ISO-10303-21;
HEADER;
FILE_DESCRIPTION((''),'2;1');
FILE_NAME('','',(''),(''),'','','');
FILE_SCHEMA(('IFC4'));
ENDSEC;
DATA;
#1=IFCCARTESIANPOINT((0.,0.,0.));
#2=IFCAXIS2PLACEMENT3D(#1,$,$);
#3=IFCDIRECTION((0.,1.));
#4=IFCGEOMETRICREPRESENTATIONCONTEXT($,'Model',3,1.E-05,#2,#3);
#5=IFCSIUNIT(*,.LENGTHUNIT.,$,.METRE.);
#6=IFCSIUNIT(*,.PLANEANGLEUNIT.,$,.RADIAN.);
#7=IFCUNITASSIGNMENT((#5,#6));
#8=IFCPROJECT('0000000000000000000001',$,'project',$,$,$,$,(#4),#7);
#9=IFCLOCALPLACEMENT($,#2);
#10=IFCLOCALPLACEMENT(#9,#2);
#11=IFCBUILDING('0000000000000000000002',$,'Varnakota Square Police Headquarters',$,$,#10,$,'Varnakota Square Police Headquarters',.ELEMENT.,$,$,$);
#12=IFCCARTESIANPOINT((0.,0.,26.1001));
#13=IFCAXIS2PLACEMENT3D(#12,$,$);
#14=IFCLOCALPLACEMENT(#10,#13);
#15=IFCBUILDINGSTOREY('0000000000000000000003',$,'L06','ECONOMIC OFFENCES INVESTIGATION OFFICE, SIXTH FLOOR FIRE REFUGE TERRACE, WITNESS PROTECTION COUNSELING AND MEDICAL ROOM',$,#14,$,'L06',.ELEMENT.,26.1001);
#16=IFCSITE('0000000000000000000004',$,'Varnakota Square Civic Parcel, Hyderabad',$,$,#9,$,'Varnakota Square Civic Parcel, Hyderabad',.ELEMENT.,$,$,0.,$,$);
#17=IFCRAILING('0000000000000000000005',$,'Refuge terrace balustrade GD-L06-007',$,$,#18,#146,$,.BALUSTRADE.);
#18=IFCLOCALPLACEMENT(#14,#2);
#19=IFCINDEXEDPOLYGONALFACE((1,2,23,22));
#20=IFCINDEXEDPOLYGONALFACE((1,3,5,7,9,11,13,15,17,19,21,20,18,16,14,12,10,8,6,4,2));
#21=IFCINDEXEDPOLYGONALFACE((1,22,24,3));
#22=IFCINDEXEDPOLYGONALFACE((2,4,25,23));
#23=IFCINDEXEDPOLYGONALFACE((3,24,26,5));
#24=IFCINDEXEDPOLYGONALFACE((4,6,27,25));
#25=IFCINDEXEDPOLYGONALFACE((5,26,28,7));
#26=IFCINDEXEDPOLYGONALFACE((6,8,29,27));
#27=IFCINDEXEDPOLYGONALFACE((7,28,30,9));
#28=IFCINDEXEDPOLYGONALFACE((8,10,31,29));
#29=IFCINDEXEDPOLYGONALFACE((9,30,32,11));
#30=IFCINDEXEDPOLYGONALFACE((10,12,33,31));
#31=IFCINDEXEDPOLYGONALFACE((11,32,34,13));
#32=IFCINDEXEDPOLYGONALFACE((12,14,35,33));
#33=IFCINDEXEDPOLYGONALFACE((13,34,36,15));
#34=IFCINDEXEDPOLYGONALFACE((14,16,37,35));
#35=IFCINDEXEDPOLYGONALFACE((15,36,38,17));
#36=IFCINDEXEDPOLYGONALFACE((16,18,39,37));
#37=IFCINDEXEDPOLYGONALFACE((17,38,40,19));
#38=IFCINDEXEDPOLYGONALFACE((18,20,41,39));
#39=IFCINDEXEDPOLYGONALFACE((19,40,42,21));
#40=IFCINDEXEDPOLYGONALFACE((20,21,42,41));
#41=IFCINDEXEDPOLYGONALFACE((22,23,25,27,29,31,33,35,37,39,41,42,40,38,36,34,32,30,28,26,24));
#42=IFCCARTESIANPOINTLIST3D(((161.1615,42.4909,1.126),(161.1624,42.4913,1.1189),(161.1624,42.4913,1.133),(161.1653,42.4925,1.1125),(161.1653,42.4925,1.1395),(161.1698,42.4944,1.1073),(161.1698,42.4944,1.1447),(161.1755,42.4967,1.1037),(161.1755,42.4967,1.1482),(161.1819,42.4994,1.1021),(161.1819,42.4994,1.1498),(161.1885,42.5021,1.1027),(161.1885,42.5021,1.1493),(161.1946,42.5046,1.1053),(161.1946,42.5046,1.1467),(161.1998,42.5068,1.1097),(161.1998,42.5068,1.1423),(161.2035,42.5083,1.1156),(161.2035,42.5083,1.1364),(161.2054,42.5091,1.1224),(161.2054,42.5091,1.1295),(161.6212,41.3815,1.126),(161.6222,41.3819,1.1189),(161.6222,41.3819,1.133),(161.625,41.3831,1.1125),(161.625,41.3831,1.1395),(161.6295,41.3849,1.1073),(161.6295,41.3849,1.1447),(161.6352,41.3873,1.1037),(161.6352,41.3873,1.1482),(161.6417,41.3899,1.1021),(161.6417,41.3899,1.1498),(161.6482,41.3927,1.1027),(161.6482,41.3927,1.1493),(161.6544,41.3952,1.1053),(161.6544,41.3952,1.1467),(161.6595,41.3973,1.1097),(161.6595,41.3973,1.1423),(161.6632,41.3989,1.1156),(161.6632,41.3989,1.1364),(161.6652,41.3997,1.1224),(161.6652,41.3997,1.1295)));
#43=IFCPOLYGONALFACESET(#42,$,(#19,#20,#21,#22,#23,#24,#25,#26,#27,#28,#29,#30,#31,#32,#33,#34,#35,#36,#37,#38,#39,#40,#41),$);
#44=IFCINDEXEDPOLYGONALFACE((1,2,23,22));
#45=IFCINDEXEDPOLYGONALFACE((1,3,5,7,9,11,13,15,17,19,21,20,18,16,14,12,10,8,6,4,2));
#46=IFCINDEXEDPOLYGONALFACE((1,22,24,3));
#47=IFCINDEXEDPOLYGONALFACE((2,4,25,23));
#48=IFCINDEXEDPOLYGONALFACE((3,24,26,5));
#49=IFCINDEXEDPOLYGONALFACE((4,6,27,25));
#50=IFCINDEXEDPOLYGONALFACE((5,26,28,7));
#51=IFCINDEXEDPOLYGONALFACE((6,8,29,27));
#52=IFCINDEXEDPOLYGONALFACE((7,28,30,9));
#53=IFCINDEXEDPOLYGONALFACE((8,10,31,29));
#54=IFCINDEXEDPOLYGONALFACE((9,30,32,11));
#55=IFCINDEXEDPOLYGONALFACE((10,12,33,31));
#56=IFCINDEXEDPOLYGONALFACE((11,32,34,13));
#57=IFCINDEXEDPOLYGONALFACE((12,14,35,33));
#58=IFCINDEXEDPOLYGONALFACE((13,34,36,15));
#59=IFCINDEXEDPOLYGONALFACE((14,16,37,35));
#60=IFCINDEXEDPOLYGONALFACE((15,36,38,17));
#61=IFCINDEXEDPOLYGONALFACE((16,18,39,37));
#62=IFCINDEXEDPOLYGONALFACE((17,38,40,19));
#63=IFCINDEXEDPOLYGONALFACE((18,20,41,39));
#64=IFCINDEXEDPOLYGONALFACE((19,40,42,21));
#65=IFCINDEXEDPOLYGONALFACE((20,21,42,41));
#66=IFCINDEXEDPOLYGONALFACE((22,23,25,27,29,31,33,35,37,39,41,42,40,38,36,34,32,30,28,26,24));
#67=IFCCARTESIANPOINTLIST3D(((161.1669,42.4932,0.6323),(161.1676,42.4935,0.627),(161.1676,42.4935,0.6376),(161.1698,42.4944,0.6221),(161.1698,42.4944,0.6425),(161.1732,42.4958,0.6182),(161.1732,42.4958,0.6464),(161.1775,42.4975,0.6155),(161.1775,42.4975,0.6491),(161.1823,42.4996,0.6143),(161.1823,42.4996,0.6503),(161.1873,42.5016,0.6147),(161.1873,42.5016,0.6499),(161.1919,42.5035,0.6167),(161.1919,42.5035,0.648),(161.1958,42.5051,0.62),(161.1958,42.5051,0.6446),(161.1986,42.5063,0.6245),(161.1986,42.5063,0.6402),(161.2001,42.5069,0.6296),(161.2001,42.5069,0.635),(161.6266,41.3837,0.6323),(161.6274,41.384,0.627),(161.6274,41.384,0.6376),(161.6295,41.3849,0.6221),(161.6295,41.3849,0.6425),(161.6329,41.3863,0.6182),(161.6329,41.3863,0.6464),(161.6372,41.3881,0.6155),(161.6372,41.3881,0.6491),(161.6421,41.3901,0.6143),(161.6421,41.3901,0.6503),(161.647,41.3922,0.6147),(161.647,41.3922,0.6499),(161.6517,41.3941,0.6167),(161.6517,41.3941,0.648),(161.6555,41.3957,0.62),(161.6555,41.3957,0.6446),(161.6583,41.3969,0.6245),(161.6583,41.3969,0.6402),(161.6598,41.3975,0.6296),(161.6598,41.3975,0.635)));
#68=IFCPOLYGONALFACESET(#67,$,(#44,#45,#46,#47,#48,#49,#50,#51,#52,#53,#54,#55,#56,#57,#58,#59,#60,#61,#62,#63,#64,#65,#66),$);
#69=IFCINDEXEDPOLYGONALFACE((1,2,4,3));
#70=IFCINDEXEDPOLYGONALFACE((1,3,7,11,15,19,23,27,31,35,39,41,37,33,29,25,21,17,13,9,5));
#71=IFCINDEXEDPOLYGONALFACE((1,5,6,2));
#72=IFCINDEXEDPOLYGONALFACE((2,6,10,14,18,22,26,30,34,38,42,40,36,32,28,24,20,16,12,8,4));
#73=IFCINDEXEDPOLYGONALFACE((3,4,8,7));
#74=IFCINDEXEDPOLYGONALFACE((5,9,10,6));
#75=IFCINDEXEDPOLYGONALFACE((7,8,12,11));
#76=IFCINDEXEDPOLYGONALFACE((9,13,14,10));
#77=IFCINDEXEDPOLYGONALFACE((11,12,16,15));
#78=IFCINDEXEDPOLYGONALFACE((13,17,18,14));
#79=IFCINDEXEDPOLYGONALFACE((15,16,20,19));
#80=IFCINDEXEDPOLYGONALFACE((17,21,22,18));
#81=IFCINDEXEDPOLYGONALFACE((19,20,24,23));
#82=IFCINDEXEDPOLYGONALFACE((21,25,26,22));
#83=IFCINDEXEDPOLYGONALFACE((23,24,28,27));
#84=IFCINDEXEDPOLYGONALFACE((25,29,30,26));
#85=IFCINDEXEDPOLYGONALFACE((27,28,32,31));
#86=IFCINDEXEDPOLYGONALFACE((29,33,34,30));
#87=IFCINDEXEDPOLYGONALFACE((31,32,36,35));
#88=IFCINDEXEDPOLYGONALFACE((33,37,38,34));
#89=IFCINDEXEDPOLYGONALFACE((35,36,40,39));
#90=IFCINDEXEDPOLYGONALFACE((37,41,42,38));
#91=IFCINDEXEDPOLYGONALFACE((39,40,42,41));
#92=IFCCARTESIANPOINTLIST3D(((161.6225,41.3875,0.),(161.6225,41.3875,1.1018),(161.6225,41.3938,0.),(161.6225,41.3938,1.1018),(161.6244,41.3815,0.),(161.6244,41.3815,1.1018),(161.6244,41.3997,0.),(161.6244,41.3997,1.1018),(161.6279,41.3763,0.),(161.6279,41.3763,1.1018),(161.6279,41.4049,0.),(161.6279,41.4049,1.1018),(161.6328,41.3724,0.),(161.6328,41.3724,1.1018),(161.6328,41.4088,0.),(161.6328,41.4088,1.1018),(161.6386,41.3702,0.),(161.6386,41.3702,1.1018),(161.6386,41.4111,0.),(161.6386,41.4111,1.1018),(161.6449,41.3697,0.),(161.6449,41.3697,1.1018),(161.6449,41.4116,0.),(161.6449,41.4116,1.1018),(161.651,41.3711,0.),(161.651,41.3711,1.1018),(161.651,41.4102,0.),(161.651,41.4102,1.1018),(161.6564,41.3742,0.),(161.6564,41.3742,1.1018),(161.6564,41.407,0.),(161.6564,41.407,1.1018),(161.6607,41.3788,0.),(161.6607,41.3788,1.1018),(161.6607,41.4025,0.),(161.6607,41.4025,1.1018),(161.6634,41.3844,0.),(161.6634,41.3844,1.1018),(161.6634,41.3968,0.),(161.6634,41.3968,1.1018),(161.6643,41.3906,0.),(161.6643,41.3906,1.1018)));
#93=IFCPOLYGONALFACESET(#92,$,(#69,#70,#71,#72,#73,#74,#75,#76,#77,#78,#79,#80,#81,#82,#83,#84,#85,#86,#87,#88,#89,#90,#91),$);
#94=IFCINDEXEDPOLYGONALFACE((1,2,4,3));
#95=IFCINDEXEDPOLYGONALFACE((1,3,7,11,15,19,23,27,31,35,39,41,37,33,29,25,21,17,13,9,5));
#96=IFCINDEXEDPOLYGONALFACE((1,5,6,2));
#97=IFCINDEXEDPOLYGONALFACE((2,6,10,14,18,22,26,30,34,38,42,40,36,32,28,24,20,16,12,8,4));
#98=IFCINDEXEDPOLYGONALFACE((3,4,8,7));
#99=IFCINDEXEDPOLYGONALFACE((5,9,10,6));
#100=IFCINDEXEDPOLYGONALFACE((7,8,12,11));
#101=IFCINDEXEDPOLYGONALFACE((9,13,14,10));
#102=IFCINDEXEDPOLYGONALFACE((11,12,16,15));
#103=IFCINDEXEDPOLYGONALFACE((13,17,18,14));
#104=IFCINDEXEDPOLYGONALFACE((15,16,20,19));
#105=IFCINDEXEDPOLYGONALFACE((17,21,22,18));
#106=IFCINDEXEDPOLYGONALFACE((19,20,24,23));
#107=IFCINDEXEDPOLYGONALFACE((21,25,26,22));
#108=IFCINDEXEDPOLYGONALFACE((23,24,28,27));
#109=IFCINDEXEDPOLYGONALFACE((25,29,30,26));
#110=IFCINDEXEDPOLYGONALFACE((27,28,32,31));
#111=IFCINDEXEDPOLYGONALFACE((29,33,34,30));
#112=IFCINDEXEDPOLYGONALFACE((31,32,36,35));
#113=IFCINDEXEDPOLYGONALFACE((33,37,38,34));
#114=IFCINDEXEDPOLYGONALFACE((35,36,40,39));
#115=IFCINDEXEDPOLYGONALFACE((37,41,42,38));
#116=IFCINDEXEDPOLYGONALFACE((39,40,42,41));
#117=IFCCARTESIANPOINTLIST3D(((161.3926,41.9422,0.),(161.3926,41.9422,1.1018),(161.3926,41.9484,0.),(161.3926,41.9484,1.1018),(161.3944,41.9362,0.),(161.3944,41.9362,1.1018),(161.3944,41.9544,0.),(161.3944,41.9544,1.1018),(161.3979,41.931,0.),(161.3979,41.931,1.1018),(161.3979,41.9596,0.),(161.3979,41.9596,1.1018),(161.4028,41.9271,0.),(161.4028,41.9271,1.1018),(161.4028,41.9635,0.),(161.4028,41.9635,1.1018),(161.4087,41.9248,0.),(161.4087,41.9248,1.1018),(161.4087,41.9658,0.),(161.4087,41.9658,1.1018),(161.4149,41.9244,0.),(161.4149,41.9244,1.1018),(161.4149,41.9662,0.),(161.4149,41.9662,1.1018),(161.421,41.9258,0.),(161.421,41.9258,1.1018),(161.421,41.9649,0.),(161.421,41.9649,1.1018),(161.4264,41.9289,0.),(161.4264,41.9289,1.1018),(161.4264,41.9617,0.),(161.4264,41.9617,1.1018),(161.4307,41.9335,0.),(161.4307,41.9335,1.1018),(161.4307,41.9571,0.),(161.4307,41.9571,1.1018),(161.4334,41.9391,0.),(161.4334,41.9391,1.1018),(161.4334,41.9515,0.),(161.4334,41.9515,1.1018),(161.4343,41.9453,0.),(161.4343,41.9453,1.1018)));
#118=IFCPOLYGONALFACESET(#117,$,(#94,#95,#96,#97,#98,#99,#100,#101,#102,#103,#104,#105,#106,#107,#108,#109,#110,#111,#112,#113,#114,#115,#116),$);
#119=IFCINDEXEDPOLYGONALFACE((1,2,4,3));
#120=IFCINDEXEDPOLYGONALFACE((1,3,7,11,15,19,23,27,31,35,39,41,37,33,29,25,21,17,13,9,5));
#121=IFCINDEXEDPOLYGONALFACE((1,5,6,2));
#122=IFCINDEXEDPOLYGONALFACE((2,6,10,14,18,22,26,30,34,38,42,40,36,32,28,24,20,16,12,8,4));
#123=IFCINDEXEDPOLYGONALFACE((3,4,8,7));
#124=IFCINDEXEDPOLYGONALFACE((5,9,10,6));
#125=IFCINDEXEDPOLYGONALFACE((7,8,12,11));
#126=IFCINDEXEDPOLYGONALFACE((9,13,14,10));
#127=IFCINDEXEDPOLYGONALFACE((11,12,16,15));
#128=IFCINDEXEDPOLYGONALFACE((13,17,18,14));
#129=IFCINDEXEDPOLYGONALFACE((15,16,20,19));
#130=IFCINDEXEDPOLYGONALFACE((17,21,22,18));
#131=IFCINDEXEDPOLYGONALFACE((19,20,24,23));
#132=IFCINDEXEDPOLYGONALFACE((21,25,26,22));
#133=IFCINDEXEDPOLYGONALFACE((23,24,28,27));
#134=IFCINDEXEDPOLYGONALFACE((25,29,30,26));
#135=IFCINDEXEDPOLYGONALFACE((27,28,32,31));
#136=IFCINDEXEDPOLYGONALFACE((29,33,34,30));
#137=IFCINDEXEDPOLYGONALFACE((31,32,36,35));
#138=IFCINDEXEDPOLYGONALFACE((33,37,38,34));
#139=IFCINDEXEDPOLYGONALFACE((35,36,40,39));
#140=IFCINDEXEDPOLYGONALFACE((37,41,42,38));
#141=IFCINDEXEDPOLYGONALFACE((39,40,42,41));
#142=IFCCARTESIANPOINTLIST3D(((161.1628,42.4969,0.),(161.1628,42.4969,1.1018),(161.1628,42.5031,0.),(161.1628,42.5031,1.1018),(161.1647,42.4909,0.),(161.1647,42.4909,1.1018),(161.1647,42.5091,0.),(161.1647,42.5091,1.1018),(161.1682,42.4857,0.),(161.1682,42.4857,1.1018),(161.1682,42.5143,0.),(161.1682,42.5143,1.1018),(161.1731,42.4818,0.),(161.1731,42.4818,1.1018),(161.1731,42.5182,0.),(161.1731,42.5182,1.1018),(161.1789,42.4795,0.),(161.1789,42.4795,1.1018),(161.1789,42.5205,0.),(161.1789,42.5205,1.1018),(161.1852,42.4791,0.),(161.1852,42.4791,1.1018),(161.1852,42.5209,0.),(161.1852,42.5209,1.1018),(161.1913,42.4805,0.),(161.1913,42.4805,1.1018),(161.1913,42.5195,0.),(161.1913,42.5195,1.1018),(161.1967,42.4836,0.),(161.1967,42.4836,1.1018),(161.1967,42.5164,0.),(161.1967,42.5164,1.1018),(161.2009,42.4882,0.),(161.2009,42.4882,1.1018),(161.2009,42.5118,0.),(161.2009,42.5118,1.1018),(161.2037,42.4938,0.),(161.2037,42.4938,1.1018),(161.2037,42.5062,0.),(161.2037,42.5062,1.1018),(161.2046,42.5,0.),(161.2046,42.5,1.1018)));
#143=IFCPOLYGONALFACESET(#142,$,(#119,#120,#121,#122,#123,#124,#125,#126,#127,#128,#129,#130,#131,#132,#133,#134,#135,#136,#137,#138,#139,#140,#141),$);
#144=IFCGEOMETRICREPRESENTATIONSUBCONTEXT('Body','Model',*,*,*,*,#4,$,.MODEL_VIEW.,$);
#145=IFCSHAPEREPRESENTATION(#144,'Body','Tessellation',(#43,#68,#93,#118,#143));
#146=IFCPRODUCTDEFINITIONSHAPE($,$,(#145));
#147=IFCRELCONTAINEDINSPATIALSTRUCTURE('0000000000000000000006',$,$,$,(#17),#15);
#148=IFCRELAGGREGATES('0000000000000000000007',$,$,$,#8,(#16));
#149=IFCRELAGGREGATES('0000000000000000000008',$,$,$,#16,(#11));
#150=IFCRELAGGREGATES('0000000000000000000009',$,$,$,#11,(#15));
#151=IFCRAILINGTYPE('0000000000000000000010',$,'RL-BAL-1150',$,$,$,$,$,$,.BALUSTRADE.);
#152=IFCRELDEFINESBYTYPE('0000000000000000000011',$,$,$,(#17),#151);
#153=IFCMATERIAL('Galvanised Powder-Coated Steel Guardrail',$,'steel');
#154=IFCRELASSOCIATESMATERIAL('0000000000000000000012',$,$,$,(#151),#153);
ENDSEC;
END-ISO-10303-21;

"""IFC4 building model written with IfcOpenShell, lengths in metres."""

from ifc_helpers import new_model, si_unit, direction, frame, origin, origin_2d, place, context, subcontext, project, spatial, circle, extrude, material, type_object, element, save


model = new_model("IFC4")

# Units and contexts
model_context = context("Model", 3, precision=1e-05, world=origin(), true_north=direction((0.0, 1.0)))
body_context = subcontext(model_context, "Body", "Model", "MODEL_VIEW")
ifc_project = project(units=[si_unit("LENGTHUNIT", "METRE"), si_unit("PLANEANGLEUNIT", "RADIAN")], contexts=[model_context])

# Site, building, storey
site_placement = place(None, origin())
site = spatial("IfcSite", under=ifc_project, at=site_placement, Name="Varnakota Square Civic Parcel, Hyderabad", LongName="Varnakota Square Civic Parcel, Hyderabad", CompositionType="ELEMENT", RefElevation=0.0)
building_placement = place(site_placement, origin())
building = spatial("IfcBuilding", under=site, at=building_placement, Name="Varnakota Square Police Headquarters", LongName="Varnakota Square Police Headquarters", CompositionType="ELEMENT")
storey_placement = place(building_placement, frame((0.0, 0.0, 26.1001)))
storey = spatial("IfcBuildingStorey", under=building, at=storey_placement, Name="L06", Description="ECONOMIC OFFENCES INVESTIGATION OFFICE, SIXTH FLOOR FIRE REFUGE TERRACE, WITNESS PROTECTION COUNSELING AND MEDICAL ROOM", LongName="L06", CompositionType="ELEMENT", Elevation=26.1001)

# Railing
ifc_material_1 = material(Name="Galvanised Powder-Coated Steel Guardrail", Category="steel")
railing_type = type_object("IfcRailingType", Name="RL-BAL-1150", PredefinedType="BALUSTRADE", material=ifc_material_1)
railing_1_placement = place(storey_placement, frame((161.6433, 41.3906, 0.0)))
element("IfcRailing", 1, at=railing_1_placement, inside=storey, type_object=railing_type, Name="Refuge terrace balustrade GD-L06-007", PredefinedType="BALUSTRADE", context=body_context, shape_type="SweptSolid", body=[
    extrude(circle(Radius=0.0239, at=origin_2d()), frame((0.0, 0.0, 1.126), z_axis=(-0.382825, 0.923821, 0.0), x_axis=(-0.923821, -0.382825, 0.0)), (0.0, 0.0, 1.0), 1.2009),
    extrude(circle(Radius=0.0181, at=origin_2d()), frame((0.0, 0.0, 0.6323), z_axis=(-0.382825, 0.923821, 0.0), x_axis=(-0.923821, -0.382825, 0.0)), (0.0, 0.0, 1.0), 1.2009),
    extrude(circle(Radius=0.021, at=origin_2d()), origin(), (0.0, 0.0, 1.0), 1.1018),
    extrude(circle(Radius=0.021, at=origin_2d()), frame((-0.23, 0.5547, 0.0)), (0.0, 0.0, 1.0), 1.1018),
    extrude(circle(Radius=0.021, at=origin_2d()), frame((-0.4597, 1.1094, 0.0)), (0.0, 0.0, 1.0), 1.1018),
])

save(model, "model.ifc")
